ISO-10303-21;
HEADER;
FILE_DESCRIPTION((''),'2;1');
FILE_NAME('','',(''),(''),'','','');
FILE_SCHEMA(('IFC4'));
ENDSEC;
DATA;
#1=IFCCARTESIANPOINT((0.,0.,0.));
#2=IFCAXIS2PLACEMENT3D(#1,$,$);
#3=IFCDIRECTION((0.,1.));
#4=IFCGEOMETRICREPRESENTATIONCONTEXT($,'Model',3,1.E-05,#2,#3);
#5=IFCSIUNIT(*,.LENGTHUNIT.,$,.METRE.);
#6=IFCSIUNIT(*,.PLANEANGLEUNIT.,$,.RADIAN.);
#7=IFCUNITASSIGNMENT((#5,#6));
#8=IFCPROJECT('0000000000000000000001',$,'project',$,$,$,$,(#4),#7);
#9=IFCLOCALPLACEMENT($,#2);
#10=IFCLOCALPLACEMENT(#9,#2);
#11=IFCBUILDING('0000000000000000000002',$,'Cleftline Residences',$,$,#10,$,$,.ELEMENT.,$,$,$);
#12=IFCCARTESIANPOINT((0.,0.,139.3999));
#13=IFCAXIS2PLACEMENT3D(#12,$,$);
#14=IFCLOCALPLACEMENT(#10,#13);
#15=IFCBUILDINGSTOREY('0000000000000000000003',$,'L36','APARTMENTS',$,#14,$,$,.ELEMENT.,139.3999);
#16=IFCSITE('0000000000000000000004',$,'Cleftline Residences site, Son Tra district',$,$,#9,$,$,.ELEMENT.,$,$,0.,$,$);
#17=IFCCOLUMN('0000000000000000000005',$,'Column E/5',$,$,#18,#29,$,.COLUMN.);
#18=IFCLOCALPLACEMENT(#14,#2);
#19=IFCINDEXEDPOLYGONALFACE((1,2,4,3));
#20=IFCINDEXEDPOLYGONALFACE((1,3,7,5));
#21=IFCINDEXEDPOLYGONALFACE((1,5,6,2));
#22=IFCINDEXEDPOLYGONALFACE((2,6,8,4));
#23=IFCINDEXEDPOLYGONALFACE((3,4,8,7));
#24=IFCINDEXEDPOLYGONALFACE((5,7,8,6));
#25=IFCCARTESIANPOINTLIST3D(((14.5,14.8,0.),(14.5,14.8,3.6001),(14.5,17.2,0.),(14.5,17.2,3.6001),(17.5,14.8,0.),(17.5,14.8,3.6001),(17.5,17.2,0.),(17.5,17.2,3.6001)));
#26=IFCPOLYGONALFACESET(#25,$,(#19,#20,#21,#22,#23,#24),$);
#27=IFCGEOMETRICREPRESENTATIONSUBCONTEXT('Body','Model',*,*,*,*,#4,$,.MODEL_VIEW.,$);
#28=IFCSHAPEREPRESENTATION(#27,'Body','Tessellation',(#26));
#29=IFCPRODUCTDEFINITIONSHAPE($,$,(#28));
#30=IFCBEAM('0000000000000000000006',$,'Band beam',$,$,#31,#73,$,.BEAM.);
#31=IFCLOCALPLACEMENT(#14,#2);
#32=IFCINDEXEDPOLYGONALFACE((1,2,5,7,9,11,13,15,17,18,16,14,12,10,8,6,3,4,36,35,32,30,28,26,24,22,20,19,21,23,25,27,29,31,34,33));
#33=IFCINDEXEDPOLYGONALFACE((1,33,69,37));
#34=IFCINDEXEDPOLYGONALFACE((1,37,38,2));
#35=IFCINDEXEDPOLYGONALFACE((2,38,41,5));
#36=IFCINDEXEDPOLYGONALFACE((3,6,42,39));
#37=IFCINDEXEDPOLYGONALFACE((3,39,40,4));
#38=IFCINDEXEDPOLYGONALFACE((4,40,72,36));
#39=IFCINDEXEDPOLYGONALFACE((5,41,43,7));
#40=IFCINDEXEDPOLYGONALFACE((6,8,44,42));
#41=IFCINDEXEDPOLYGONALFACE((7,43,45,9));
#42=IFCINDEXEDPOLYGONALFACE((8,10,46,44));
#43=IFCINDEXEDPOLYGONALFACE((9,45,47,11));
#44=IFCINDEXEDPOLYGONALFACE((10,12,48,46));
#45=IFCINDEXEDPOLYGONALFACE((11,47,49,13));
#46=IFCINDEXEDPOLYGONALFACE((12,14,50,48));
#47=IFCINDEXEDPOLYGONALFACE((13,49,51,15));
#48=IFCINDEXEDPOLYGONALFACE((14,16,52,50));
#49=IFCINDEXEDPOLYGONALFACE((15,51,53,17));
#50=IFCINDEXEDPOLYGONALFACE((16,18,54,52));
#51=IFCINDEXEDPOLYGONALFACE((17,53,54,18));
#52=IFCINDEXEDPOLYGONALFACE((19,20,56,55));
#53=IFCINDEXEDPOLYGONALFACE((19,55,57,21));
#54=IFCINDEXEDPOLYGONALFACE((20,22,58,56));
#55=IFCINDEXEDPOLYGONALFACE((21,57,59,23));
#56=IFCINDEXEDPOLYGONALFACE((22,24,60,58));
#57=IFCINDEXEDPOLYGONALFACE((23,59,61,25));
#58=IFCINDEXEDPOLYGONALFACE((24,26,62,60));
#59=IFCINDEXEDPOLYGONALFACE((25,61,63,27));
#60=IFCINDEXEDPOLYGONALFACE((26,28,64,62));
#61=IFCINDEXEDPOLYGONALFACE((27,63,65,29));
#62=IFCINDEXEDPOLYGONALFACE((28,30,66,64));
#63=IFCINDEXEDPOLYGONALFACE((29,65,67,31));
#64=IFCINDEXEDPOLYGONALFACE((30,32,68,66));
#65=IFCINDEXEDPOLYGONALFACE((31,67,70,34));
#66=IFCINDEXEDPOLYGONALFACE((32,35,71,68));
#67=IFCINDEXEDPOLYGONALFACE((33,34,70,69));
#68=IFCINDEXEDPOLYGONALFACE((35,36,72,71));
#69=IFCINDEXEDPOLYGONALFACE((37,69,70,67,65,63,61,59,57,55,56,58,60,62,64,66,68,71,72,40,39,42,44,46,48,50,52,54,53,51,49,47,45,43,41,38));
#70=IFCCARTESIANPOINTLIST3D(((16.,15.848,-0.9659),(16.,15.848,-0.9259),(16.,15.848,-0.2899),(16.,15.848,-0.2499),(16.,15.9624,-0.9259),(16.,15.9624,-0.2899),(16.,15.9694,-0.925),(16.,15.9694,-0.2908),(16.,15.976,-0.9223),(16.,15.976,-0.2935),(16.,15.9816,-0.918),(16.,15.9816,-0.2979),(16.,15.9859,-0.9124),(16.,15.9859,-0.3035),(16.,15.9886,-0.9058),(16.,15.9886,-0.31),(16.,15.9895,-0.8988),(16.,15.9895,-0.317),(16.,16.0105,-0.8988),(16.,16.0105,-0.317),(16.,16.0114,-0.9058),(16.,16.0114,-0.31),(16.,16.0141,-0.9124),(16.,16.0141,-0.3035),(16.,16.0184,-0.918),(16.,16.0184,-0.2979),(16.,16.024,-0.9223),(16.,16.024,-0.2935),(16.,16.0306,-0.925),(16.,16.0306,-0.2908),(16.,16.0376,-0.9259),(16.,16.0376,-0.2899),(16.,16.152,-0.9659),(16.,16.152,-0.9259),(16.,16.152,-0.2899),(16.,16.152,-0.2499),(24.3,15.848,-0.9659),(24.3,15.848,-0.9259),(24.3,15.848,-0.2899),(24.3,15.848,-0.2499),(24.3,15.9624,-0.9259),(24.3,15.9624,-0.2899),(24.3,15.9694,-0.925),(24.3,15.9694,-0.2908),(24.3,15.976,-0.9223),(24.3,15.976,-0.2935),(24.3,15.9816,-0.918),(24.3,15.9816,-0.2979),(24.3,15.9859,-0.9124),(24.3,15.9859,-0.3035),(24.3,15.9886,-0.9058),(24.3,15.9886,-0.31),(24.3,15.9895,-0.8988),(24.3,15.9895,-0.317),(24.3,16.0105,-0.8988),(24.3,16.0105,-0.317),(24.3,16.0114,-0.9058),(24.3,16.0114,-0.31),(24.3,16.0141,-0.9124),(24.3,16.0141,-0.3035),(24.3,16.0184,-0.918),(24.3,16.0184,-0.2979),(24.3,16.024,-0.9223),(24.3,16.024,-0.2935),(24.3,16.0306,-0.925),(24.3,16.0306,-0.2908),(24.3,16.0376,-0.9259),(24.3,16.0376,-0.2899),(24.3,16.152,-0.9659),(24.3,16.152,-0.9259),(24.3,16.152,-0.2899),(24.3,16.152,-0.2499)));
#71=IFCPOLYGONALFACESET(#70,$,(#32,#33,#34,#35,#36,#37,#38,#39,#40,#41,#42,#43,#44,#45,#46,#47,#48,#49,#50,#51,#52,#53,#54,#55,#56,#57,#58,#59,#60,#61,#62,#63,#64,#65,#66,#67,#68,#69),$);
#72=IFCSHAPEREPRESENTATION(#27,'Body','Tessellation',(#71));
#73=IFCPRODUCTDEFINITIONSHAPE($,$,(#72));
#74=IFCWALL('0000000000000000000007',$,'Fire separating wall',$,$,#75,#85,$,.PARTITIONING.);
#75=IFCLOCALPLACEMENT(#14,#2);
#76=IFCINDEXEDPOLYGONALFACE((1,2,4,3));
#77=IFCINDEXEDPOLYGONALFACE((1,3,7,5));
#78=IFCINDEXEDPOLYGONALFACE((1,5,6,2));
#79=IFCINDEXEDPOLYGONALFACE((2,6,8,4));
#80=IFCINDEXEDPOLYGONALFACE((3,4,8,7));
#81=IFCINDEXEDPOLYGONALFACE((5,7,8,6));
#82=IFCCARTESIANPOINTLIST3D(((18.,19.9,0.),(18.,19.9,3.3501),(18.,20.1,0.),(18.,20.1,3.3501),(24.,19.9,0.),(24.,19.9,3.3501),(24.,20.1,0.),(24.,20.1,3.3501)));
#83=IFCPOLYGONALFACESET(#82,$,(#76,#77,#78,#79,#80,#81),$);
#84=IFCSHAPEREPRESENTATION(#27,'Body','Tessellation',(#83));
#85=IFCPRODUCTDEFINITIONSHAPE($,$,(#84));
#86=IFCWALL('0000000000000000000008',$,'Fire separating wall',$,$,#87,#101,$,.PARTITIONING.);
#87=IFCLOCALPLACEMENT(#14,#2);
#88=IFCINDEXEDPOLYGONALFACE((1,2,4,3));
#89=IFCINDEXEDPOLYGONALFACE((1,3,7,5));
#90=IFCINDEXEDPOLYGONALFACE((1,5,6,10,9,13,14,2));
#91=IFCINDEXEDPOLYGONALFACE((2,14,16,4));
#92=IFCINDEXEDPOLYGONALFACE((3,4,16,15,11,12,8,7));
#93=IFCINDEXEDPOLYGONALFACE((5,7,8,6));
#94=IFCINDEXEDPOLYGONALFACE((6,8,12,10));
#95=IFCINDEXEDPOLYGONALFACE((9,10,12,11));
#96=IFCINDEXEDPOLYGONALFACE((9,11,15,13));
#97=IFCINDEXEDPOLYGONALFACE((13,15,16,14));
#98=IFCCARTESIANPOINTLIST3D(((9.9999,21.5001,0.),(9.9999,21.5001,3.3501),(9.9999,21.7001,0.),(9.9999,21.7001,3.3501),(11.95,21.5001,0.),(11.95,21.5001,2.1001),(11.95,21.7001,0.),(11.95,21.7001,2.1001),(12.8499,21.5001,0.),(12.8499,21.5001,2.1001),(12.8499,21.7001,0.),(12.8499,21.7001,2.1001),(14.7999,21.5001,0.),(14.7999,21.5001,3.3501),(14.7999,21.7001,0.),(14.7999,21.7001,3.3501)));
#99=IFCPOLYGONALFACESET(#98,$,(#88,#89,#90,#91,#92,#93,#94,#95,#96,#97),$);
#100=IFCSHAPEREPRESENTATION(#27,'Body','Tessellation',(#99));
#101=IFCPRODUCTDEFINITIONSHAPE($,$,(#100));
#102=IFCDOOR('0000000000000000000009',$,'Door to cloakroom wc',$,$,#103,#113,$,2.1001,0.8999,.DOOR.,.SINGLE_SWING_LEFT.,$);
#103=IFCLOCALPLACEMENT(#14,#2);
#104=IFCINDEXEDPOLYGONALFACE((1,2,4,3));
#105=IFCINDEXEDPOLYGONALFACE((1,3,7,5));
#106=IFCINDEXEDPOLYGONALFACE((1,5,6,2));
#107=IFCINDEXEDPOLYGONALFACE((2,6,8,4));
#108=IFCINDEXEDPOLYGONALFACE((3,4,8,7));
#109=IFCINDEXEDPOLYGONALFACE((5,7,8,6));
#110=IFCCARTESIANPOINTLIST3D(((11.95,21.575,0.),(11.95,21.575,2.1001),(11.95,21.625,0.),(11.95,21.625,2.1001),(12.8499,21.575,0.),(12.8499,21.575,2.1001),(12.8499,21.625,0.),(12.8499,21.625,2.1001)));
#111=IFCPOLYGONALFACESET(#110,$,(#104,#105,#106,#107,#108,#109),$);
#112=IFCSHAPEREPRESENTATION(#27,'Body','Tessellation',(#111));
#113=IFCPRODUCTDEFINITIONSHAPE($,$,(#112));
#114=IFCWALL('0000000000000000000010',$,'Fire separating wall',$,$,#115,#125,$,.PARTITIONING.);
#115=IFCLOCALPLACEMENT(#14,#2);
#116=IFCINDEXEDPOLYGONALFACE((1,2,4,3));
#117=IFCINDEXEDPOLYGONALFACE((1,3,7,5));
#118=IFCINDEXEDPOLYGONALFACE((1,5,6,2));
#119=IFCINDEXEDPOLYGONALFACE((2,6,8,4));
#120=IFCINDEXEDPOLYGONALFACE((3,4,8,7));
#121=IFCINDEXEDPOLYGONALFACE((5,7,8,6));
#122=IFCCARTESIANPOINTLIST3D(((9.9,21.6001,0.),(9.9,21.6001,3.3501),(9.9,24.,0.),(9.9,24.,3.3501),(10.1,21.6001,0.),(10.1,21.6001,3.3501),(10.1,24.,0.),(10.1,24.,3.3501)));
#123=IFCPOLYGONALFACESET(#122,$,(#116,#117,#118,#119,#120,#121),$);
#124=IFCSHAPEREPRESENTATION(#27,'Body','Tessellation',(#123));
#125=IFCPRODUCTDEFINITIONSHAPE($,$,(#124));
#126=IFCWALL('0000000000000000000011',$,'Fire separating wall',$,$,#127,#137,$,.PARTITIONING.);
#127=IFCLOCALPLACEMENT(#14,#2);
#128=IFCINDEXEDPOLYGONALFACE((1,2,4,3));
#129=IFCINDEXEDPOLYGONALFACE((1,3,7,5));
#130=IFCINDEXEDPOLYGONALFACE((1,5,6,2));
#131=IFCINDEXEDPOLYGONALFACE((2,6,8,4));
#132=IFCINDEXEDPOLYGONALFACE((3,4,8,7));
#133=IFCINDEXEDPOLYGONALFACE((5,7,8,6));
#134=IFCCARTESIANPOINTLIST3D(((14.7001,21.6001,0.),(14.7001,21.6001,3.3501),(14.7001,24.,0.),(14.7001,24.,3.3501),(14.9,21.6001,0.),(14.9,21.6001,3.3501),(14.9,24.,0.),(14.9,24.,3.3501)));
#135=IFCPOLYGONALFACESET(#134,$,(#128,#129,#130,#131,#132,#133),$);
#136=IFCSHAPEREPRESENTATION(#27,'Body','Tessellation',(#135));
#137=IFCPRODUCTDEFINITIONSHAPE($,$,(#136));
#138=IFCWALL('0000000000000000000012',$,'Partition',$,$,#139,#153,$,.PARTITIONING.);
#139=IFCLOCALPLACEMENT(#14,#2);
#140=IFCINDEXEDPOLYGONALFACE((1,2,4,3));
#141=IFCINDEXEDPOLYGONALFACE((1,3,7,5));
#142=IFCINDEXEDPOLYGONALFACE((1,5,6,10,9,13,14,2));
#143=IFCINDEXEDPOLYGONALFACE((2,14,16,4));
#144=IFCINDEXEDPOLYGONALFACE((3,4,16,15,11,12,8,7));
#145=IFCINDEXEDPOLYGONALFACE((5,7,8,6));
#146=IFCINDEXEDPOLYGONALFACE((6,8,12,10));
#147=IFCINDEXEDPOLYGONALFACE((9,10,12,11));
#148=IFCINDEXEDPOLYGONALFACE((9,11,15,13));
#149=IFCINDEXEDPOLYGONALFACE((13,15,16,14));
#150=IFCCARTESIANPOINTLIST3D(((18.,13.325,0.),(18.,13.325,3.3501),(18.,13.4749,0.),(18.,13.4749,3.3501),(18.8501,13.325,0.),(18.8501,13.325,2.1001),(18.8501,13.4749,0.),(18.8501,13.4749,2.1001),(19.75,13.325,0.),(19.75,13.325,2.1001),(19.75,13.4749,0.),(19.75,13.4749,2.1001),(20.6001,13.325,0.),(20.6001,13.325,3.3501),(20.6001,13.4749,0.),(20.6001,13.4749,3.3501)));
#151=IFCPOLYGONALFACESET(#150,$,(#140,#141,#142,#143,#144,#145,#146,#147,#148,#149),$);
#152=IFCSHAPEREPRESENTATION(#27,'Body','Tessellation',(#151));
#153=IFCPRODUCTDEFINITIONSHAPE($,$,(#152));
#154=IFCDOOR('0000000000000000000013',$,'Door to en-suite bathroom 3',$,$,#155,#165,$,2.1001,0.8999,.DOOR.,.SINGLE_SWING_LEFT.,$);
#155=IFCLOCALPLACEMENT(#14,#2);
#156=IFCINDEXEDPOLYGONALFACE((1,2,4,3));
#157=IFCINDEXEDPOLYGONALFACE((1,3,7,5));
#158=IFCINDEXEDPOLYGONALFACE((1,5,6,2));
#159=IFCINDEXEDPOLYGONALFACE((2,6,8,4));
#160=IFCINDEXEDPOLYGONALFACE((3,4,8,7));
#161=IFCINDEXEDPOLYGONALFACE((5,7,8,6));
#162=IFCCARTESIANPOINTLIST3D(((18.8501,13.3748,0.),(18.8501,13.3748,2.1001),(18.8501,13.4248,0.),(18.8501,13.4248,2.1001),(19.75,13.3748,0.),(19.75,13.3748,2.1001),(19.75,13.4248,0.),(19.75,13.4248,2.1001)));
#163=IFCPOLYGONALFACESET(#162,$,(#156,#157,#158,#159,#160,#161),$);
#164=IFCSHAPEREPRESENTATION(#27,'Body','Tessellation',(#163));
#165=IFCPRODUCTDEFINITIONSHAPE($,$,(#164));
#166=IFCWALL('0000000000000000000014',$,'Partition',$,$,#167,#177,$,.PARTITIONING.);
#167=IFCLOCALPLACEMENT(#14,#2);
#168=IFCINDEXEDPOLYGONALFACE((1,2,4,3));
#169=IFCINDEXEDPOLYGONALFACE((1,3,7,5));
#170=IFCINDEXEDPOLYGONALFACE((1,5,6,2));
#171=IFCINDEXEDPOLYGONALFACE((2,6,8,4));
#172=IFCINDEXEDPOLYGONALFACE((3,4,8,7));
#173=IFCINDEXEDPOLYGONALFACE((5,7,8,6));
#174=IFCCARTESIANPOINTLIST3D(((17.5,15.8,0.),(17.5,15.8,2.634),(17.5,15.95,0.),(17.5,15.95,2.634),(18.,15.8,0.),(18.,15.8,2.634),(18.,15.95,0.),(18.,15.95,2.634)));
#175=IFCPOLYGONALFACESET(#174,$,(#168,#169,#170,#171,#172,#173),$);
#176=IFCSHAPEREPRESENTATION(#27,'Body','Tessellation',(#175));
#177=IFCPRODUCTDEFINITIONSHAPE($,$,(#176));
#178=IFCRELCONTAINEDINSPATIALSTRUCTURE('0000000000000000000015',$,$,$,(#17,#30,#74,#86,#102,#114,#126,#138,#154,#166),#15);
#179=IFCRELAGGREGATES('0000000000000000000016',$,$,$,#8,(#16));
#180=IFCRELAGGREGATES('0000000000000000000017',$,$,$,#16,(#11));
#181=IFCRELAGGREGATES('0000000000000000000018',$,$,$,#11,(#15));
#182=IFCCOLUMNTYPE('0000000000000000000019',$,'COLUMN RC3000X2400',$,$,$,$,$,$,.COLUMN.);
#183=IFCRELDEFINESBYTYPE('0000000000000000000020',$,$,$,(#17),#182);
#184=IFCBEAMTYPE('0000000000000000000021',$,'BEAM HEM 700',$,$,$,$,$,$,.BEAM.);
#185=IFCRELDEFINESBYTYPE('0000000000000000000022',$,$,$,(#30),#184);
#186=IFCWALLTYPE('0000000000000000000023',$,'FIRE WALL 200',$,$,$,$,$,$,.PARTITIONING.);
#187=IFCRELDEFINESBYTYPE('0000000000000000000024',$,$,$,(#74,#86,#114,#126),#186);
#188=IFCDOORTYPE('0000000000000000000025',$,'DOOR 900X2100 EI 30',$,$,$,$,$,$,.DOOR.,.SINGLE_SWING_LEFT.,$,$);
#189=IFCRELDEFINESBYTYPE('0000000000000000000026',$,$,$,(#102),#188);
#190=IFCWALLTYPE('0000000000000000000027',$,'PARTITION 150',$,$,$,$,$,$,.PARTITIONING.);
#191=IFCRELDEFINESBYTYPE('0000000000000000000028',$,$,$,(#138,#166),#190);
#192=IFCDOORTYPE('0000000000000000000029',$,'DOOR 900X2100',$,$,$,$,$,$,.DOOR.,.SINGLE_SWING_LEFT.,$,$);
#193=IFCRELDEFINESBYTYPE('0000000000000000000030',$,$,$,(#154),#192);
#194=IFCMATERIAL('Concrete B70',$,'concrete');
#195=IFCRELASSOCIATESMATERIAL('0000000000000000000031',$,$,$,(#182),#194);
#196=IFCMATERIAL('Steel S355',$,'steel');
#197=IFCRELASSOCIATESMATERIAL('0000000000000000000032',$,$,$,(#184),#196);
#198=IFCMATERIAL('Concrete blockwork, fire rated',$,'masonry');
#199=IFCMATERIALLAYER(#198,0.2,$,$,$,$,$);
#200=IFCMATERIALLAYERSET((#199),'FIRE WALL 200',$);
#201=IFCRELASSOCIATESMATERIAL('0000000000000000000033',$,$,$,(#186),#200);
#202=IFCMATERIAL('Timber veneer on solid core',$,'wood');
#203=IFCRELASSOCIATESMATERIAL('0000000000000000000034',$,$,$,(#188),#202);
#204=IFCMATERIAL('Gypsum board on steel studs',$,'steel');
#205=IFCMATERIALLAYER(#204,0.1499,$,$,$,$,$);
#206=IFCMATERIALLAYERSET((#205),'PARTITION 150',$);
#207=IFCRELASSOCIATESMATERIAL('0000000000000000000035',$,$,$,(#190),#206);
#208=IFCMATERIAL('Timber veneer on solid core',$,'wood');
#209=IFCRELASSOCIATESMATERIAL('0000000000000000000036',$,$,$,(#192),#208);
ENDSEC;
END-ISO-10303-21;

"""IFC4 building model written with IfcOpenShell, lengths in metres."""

from ifc_helpers import new_model, si_unit, direction, frame, frame_2d, origin, origin_2d, place, context, subcontext, project, spatial, rectangle, i_section, extrude, material, layer, layer_set, material_profile, profile_set, type_object, element, fill, save


model = new_model("IFC4")

# Units and contexts
model_context = context("Model", 3, precision=1e-05, world=origin(), true_north=direction((0.0, 1.0)))
body_context = subcontext(model_context, "Body", "Model", "MODEL_VIEW")
ifc_project = project(units=[si_unit("LENGTHUNIT", "METRE"), si_unit("PLANEANGLEUNIT", "RADIAN")], contexts=[model_context])

# Site, building, storey
site_placement = place(None, origin())
site = spatial("IfcSite", under=ifc_project, at=site_placement, Name="Cleftline Residences site, Son Tra district", CompositionType="ELEMENT", RefElevation=0.0)
building_placement = place(site_placement, origin())
building = spatial("IfcBuilding", under=site, at=building_placement, Name="Cleftline Residences", CompositionType="ELEMENT")
storey_placement = place(building_placement, frame((0.0, 0.0, 139.3999)))
storey = spatial("IfcBuildingStorey", under=building, at=storey_placement, Name="L36", Description="APARTMENTS", CompositionType="ELEMENT", Elevation=139.3999)

# Column
ifc_material_1 = material(Name="Concrete B70", Category="concrete")
ifc_material_profile_1 = material_profile(ifc_material_1, rectangle(XDim=3.0, YDim=2.3999, at=origin_2d()))
ifc_profile_set_1 = profile_set([ifc_material_profile_1], Name="Concrete B70")
column_type = type_object("IfcColumnType", Name="COLUMN RC3000X2400", PredefinedType="COLUMN", material=ifc_profile_set_1)
column_placement = place(storey_placement, frame((16.0, 16.0, 0.0), z_axis=(0.0, 0.0, 1.0), x_axis=(1.0, 0.0, 0.0)))
element("IfcColumn", 1, at=column_placement, inside=storey, type_object=column_type, Name="Column E/5", PredefinedType="COLUMN", context=body_context, shape_type="SweptSolid", body=[
    extrude(rectangle(XDim=3.0, YDim=2.3999, at=origin_2d()), origin(), (0.0, 0.0, 1.0), 3.6001),
])

# Beam
ifc_material_2 = material(Name="Steel S355", Category="steel")
ifc_material_profile_2 = material_profile(ifc_material_2, i_section(OverallWidth=0.304, OverallDepth=0.7161, WebThickness=0.021, FlangeThickness=0.04, FilletRadius=0.0271, at=origin_2d()))
ifc_profile_set_2 = profile_set([ifc_material_profile_2], Name="Steel S355")
beam_type = type_object("IfcBeamType", Name="BEAM HEM 700", PredefinedType="BEAM", material=ifc_profile_set_2)
beam_placement = place(storey_placement, frame((16.0, 16.0, -0.6079), z_axis=(1.0, 0.0, 0.0), x_axis=(0.0, 1.0, 0.0)))
element("IfcBeam", 2, at=beam_placement, inside=storey, type_object=beam_type, Name="Band beam", PredefinedType="BEAM", context=body_context, shape_type="SweptSolid", body=[
    extrude(i_section(OverallWidth=0.304, OverallDepth=0.7161, WebThickness=0.021, FlangeThickness=0.04, FilletRadius=0.0271, at=origin_2d()), origin(), (0.0, 0.0, 1.0), 8.3),
])

# Wall
ifc_material_3 = material(Name="Concrete blockwork, fire rated", Category="masonry")
ifc_layer_1 = layer(ifc_material_3, 0.2)
ifc_layer_set_1 = layer_set([ifc_layer_1], Name="FIRE WALL 200")
wall_type_1 = type_object("IfcWallType", Name="FIRE WALL 200", PredefinedType="PARTITIONING", material=ifc_layer_set_1)
wall_1_placement = place(storey_placement, frame((18.0, 20.0, 0.0), z_axis=(0.0, 0.0, 1.0), x_axis=(1.0, 0.0, 0.0)))
element("IfcWall", 3, at=wall_1_placement, inside=storey, type_object=wall_type_1, Name="Fire separating wall", PredefinedType="PARTITIONING", context=body_context, shape_type="SweptSolid", body=[
    extrude(rectangle(XDim=6.0, YDim=0.2, at=frame_2d((3.0, 0.0))), origin(), (0.0, 0.0, 1.0), 3.3501),
])

# Wall, opening, door
wall_2_placement = place(storey_placement, frame((10.0, 21.6001, 0.0), z_axis=(0.0, 0.0, 1.0), x_axis=(1.0, 0.0, 0.0)))
wall_2 = element("IfcWall", 4, at=wall_2_placement, inside=storey, type_object=wall_type_1, Name="Fire separating wall", PredefinedType="PARTITIONING", context=body_context, shape_type="SweptSolid", body=[
    extrude(rectangle(XDim=4.8, YDim=0.2, at=frame_2d((2.3999, 0.0))), origin(), (0.0, 0.0, 1.0), 3.3501),
])
opening_1_placement = place(wall_2_placement, frame((1.95, 0.0, 0.0)))
opening_1 = element("IfcOpeningElement", 5, at=opening_1_placement, cuts=wall_2, PredefinedType="OPENING", context=body_context, shape_type="SweptSolid", body=[
    extrude(rectangle(XDim=0.8999, YDim=2.1001, at=frame_2d((0.45, 1.05))), frame((0.0, 0.1099, 0.0), z_axis=(0.0, -1.0, 0.0), x_axis=(1.0, 0.0, 0.0)), (0.0, 0.0, 1.0), 0.22),
])
ifc_material_4 = material(Name="Timber veneer on solid core", Category="wood")
door_type_1 = type_object("IfcDoorType", Name="DOOR 900X2100 EI 30", OperationType="SINGLE_SWING_LEFT", PredefinedType="DOOR", material=ifc_material_4)
door_1_placement = place(opening_1_placement, origin())
door_1 = element("IfcDoor", 6, at=door_1_placement, inside=storey, type_object=door_type_1, Name="Door to cloakroom wc", OperationType="SINGLE_SWING_LEFT", OverallHeight=2.1001, OverallWidth=0.8999, PredefinedType="DOOR", context=body_context, shape_type="SweptSolid", body=[
    extrude(rectangle(XDim=0.8999, YDim=2.1001, at=frame_2d((0.45, 1.05))), frame((0.0, 0.0249, 0.0), z_axis=(0.0, -1.0, 0.0), x_axis=(1.0, 0.0, 0.0)), (0.0, 0.0, 1.0), 0.05),
])
fill(opening_1, door_1)

# Walls
for number, where, z_axis, x_axis, name in (
    (7, (10.0, 21.6001, 0.0), (0.0, 0.0, 1.0), (0.0, 1.0, 0.0), "Fire separating wall"),
    (8, (14.8, 21.6001, 0.0), (0.0, 0.0, 1.0), (0.0, 1.0, 0.0), "Fire separating wall"),
):
    element("IfcWall", number, at=place(storey_placement, frame(where, z_axis=z_axis, x_axis=x_axis)), inside=storey, type_object=wall_type_1, Name=name, PredefinedType="PARTITIONING", context=body_context, shape_type="SweptSolid", body=[
        extrude(rectangle(XDim=2.3999, YDim=0.2, at=frame_2d((1.2, 0.0))), origin(), (0.0, 0.0, 1.0), 3.3501),
    ])

# Wall, opening, door
ifc_material_5 = material(Name="Gypsum board on steel studs", Category="steel")
ifc_layer_2 = layer(ifc_material_5, 0.1499)
ifc_layer_set_2 = layer_set([ifc_layer_2], Name="PARTITION 150")
wall_type_2 = type_object("IfcWallType", Name="PARTITION 150", PredefinedType="PARTITIONING", material=ifc_layer_set_2)
wall_3_placement = place(storey_placement, frame((18.0, 13.3999, 0.0), z_axis=(0.0, 0.0, 1.0), x_axis=(1.0, 0.0, 0.0)))
wall_3 = element("IfcWall", 9, at=wall_3_placement, inside=storey, type_object=wall_type_2, Name="Partition", PredefinedType="PARTITIONING", context=body_context, shape_type="SweptSolid", body=[
    extrude(rectangle(XDim=2.6001, YDim=0.1499, at=frame_2d((1.3, 0.0))), origin(), (0.0, 0.0, 1.0), 3.3501),
])
opening_2_placement = place(wall_3_placement, frame((0.8501, 0.0, 0.0)))
opening_2 = element("IfcOpeningElement", 10, at=opening_2_placement, cuts=wall_3, PredefinedType="OPENING", context=body_context, shape_type="SweptSolid", body=[
    extrude(rectangle(XDim=0.8999, YDim=2.1001, at=frame_2d((0.45, 1.05))), frame((0.0, 0.085, 0.0), z_axis=(0.0, -1.0, 0.0), x_axis=(1.0, 0.0, 0.0)), (0.0, 0.0, 1.0), 0.1699),
])
ifc_material_6 = material(Name="Timber veneer on solid core", Category="wood")
door_type_2 = type_object("IfcDoorType", Name="DOOR 900X2100", OperationType="SINGLE_SWING_LEFT", PredefinedType="DOOR", material=ifc_material_6)
door_2_placement = place(opening_2_placement, origin())
door_2 = element("IfcDoor", 11, at=door_2_placement, inside=storey, type_object=door_type_2, Name="Door to en-suite bathroom 3", OperationType="SINGLE_SWING_LEFT", OverallHeight=2.1001, OverallWidth=0.8999, PredefinedType="DOOR", context=body_context, shape_type="SweptSolid", body=[
    extrude(rectangle(XDim=0.8999, YDim=2.1001, at=frame_2d((0.45, 1.05))), frame((0.0, 0.0249, 0.0), z_axis=(0.0, -1.0, 0.0), x_axis=(1.0, 0.0, 0.0)), (0.0, 0.0, 1.0), 0.05),
])
fill(opening_2, door_2)

# Wall
wall_4_placement = place(storey_placement, frame((17.5, 15.875, 0.0), z_axis=(0.0, 0.0, 1.0), x_axis=(1.0, 0.0, 0.0)))
element("IfcWall", 12, at=wall_4_placement, inside=storey, type_object=wall_type_2, Name="Partition", PredefinedType="PARTITIONING", context=body_context, shape_type="SweptSolid", body=[
    extrude(rectangle(XDim=0.5, YDim=0.1499, at=frame_2d((0.25, 0.0))), origin(), (0.0, 0.0, 1.0), 2.634),
])

save(model, "model.ifc")
